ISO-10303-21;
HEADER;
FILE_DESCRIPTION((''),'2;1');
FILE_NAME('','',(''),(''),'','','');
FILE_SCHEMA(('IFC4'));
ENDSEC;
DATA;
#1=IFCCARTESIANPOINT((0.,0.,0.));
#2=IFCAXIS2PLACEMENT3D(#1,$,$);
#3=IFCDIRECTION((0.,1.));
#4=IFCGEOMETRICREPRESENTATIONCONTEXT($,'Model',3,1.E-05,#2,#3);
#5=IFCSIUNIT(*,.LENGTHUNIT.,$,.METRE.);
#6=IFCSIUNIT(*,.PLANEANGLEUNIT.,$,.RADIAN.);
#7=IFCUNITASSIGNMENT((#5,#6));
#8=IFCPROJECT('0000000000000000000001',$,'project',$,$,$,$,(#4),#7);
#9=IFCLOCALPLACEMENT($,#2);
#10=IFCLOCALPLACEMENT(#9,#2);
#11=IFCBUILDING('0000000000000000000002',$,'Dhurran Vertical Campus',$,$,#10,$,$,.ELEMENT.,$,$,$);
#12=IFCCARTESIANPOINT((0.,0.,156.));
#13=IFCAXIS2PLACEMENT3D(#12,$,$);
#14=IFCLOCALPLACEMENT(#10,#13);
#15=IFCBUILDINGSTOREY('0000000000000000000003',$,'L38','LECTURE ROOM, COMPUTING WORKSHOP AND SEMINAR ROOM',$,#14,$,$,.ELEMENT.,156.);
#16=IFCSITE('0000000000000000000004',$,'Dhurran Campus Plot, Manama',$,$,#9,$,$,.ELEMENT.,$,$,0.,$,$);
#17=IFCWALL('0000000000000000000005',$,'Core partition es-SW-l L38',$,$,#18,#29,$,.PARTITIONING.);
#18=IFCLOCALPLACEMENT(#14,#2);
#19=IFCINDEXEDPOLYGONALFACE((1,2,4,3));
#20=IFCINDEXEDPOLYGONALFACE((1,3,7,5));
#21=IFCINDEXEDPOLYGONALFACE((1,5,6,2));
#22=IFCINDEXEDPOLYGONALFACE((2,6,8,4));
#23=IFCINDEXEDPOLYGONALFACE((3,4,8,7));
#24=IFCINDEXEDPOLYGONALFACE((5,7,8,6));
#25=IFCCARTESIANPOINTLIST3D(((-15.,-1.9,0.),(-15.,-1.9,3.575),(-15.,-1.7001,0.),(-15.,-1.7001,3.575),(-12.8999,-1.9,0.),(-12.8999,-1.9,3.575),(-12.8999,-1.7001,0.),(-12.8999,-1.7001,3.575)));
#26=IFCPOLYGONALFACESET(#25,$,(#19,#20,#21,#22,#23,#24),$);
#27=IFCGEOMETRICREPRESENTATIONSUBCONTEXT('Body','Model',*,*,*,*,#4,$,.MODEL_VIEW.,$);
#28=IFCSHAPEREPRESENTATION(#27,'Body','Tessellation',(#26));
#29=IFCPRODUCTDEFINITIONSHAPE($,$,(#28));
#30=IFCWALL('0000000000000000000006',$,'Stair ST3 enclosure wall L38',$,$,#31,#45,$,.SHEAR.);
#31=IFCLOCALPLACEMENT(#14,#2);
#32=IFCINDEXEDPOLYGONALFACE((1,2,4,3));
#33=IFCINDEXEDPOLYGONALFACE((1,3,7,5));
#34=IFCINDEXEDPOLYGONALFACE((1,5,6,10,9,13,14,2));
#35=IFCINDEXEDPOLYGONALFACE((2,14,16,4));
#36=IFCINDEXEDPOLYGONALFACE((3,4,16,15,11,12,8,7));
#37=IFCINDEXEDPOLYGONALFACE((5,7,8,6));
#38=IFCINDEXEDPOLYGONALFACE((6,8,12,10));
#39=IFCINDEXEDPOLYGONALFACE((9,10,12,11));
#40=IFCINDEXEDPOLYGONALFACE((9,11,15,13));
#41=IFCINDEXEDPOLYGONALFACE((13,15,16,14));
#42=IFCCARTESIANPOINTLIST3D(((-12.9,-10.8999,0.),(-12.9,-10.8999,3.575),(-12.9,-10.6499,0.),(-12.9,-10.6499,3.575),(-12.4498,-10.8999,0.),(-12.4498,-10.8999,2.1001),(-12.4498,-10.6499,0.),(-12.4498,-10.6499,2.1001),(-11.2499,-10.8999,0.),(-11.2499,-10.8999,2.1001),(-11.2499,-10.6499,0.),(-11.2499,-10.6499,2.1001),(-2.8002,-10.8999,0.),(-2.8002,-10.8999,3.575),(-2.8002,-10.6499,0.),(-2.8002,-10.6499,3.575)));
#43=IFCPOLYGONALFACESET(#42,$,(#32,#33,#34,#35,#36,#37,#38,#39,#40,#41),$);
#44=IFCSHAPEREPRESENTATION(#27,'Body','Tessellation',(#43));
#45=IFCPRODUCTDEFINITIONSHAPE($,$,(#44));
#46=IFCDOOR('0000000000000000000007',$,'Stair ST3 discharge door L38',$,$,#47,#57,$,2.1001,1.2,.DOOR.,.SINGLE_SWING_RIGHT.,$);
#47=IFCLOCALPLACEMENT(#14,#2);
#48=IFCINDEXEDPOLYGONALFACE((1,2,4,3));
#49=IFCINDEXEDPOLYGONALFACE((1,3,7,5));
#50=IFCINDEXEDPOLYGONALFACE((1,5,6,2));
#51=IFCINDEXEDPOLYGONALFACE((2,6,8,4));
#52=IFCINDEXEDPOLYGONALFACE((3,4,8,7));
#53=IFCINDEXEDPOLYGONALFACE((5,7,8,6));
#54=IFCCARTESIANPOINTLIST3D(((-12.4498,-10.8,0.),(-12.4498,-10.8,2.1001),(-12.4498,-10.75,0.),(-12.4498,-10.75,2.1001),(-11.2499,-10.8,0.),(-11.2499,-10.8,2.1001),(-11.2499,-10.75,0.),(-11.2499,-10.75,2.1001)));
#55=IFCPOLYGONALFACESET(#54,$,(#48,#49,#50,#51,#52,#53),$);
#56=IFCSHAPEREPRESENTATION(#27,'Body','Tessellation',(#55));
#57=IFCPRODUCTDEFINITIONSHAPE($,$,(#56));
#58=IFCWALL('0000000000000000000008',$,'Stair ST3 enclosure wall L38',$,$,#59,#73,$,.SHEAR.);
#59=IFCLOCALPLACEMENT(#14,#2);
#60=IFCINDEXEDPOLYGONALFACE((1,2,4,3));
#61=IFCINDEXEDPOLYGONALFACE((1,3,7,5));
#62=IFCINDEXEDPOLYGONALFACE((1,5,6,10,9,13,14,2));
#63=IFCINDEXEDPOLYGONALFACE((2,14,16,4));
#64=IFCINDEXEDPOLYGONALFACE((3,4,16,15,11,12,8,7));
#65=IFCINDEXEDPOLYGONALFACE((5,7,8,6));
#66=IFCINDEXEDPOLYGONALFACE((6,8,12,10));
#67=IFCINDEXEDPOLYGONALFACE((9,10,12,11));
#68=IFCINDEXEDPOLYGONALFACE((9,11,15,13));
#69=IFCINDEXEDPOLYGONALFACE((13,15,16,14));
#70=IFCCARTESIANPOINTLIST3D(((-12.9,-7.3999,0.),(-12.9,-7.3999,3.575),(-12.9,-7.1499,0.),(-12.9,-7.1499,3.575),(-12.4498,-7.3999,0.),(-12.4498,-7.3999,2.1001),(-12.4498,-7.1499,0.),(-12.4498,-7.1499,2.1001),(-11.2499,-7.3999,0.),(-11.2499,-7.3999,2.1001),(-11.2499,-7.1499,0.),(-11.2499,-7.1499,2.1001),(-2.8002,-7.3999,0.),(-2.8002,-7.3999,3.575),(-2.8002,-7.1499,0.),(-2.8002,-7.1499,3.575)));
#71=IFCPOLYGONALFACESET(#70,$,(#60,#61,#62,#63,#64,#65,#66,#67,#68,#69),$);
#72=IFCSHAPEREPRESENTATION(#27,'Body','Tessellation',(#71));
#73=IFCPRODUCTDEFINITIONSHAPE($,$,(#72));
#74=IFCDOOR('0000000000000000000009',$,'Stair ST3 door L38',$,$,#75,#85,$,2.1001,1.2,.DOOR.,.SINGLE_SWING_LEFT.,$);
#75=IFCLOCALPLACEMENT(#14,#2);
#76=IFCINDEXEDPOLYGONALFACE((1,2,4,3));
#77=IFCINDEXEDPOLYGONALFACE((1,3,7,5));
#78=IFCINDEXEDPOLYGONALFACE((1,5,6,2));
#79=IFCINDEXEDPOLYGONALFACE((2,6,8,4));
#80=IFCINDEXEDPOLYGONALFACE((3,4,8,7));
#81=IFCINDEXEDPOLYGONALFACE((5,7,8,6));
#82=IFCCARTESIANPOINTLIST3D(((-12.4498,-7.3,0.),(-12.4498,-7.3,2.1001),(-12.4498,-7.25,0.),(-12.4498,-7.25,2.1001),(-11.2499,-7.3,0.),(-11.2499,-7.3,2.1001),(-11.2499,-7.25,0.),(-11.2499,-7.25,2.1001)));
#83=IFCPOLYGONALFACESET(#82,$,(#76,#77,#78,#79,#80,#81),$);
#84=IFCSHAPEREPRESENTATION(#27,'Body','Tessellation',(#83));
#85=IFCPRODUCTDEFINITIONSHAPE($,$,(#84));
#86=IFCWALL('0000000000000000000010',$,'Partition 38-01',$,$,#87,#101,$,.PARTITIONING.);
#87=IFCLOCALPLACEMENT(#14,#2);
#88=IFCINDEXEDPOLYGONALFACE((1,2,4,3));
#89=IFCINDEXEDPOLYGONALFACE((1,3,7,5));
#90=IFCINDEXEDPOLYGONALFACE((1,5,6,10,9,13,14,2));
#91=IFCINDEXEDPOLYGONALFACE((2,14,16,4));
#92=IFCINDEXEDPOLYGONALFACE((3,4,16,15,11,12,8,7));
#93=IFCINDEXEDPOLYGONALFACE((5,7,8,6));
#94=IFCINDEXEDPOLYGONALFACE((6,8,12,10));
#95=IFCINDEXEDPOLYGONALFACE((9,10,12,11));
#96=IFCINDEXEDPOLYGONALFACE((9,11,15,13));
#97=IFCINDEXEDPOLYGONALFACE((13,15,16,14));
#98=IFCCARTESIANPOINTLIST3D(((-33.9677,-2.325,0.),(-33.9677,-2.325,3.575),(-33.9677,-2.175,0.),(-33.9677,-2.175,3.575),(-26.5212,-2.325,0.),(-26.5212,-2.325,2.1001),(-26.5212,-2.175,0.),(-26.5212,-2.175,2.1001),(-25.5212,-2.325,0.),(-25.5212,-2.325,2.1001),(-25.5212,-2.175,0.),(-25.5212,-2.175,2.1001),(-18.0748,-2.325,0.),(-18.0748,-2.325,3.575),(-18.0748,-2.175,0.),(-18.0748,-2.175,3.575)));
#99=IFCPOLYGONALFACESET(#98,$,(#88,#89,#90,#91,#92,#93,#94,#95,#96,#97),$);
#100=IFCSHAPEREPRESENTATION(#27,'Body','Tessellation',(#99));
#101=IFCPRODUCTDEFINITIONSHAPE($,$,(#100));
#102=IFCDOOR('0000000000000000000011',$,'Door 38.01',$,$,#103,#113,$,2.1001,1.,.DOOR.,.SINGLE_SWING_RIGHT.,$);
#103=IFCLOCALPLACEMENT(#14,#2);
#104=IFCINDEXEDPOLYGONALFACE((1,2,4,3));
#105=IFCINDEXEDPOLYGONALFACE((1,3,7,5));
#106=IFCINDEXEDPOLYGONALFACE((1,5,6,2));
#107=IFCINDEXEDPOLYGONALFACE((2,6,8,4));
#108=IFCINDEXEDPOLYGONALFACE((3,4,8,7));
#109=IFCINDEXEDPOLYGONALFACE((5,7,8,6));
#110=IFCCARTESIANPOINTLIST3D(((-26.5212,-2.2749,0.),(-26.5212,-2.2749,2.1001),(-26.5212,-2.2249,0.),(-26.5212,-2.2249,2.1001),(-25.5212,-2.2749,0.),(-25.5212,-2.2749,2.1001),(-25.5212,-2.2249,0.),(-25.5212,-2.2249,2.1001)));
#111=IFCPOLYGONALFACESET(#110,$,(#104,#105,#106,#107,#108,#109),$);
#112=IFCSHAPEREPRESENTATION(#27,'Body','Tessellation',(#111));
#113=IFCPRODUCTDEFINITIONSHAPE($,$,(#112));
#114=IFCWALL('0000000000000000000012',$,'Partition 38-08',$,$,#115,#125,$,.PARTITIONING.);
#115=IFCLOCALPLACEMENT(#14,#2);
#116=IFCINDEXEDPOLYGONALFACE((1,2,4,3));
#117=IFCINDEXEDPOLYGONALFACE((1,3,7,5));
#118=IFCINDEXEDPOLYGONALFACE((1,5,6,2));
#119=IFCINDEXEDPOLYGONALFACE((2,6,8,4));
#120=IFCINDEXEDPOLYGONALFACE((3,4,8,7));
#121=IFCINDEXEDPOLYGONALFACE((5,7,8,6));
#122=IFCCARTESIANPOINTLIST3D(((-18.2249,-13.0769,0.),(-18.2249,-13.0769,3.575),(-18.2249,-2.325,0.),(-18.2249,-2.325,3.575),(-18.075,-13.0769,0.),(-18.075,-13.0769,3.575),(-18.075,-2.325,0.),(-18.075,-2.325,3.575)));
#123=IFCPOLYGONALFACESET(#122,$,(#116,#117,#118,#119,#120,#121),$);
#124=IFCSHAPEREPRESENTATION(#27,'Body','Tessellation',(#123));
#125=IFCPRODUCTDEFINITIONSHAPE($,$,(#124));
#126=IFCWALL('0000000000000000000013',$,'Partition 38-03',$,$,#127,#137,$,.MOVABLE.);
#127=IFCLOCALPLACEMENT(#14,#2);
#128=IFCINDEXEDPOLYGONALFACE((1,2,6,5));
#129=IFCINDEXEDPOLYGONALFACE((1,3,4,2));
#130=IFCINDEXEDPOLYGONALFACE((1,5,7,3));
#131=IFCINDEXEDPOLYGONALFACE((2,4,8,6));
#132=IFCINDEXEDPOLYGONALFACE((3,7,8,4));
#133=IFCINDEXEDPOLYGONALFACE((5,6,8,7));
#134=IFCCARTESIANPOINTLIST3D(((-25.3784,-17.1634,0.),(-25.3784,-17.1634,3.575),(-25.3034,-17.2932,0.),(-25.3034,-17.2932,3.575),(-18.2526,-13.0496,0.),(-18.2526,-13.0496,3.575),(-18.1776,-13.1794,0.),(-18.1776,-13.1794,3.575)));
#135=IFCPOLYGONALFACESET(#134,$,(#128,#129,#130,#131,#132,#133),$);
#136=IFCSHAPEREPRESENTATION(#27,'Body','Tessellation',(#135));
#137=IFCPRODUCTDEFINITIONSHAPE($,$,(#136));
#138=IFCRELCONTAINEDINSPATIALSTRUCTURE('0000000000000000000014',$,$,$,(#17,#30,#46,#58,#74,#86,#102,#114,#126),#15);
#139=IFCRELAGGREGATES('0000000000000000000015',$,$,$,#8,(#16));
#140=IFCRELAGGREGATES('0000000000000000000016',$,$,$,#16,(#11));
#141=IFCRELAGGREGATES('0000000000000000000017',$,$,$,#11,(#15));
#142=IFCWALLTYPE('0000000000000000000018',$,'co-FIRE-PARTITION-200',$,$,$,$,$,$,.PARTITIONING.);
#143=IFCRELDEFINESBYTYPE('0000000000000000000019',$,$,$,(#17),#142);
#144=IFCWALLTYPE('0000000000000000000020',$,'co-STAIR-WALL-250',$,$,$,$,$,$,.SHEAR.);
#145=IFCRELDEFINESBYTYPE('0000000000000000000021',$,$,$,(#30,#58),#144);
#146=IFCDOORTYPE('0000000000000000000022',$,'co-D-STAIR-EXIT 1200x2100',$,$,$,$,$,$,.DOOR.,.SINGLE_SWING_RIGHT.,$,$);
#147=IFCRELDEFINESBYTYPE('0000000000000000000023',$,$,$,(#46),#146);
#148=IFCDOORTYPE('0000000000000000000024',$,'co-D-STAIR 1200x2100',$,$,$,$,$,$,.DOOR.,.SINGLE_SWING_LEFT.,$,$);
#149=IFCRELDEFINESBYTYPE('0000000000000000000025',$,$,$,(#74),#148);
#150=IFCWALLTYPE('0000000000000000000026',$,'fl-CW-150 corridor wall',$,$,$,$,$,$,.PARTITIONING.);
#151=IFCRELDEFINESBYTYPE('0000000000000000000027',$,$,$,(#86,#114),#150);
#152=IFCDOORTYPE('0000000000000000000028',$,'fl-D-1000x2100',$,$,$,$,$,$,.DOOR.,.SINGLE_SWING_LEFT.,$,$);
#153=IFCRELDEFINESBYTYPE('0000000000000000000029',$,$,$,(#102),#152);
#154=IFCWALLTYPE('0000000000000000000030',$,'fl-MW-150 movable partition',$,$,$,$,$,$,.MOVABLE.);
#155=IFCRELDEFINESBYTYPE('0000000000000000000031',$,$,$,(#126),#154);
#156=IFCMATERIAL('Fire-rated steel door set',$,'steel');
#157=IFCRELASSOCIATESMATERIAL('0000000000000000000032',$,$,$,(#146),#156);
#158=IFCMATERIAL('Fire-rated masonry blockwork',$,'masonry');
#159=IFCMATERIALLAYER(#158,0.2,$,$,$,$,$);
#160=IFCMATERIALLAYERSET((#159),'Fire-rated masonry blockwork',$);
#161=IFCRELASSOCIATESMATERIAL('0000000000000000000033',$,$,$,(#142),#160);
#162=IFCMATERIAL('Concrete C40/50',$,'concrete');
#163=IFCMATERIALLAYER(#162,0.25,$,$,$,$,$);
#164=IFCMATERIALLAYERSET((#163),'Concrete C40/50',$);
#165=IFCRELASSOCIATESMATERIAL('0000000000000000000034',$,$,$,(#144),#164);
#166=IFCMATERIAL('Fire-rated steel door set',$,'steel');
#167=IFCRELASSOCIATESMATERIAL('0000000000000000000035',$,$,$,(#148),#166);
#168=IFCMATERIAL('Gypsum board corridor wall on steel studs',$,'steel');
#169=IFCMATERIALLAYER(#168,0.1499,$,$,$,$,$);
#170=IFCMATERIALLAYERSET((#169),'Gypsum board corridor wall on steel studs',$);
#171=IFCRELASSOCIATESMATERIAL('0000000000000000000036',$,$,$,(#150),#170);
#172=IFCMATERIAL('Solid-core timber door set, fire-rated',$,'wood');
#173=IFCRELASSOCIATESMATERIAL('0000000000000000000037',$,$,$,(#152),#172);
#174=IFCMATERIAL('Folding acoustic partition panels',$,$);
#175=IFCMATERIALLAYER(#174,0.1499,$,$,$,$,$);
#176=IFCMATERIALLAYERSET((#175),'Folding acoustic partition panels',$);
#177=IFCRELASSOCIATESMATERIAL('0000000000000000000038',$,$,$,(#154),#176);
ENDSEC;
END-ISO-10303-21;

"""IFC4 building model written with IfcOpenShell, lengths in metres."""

from ifc_helpers import new_model, si_unit, direction, frame, frame_2d, origin, place, context, subcontext, project, spatial, rectangle, extrude, material, layer, layer_set, type_object, element, fill, save


model = new_model("IFC4")

# Units and contexts
model_context = context("Model", 3, precision=1e-05, world=origin(), true_north=direction((0.0, 1.0)))
body_context = subcontext(model_context, "Body", "Model", "MODEL_VIEW")
ifc_project = project(units=[si_unit("LENGTHUNIT", "METRE"), si_unit("PLANEANGLEUNIT", "RADIAN")], contexts=[model_context])

# Site, building, storey
site_placement = place(None, origin())
site = spatial("IfcSite", under=ifc_project, at=site_placement, Name="Dhurran Campus Plot, Manama", CompositionType="ELEMENT", RefElevation=0.0)
building_placement = place(site_placement, origin())
building = spatial("IfcBuilding", under=site, at=building_placement, Name="Dhurran Vertical Campus", CompositionType="ELEMENT")
storey_placement = place(building_placement, frame((0.0, 0.0, 156.0)))
storey = spatial("IfcBuildingStorey", under=building, at=storey_placement, Name="L38", Description="LECTURE ROOM, COMPUTING WORKSHOP AND SEMINAR ROOM", CompositionType="ELEMENT", Elevation=156.0)

# Shared definitions
ifc_material_1 = material(Name="Fire-rated steel door set", Category="steel")
door_type_1 = type_object("IfcDoorType", Name="co-D-STAIR-EXIT 1200x2100", OperationType="SINGLE_SWING_RIGHT", PredefinedType="DOOR", material=ifc_material_1)

# Shared definitions
ifc_material_2 = material(Name="Fire-rated masonry blockwork", Category="masonry")
ifc_layer_1 = layer(ifc_material_2, 0.2)
ifc_layer_set_1 = layer_set([ifc_layer_1], Name="Fire-rated masonry blockwork")
wall_type_1 = type_object("IfcWallType", Name="co-FIRE-PARTITION-200", PredefinedType="PARTITIONING", material=ifc_layer_set_1)

# Wall
wall_1_placement = place(storey_placement, frame((-15.0, -1.8, 0.0), z_axis=(0.0, 0.0, 1.0), x_axis=(1.0, 0.0, 0.0)))
element("IfcWall", 1, at=wall_1_placement, inside=storey, type_object=wall_type_1, Name="Core partition es-SW-l L38", PredefinedType="PARTITIONING", context=body_context, shape_type="SweptSolid", body=[
    extrude(rectangle(XDim=2.1001, YDim=0.2, at=frame_2d((1.05, 0.0))), origin(), (0.0, 0.0, 1.0), 3.575),
])

# Walls, openings, doors
ifc_material_3 = material(Name="Concrete C40/50", Category="concrete")
ifc_layer_2 = layer(ifc_material_3, 0.25)
ifc_layer_set_2 = layer_set([ifc_layer_2], Name="Concrete C40/50")
wall_type_2 = type_object("IfcWallType", Name="co-STAIR-WALL-250", PredefinedType="SHEAR", material=ifc_layer_set_2)
wall_2_placement = place(storey_placement, frame((-12.8999, -10.7749, 0.0), z_axis=(0.0, 0.0, 1.0), x_axis=(1.0, 0.0, 0.0)))
wall_2 = element("IfcWall", 2, at=wall_2_placement, inside=storey, type_object=wall_type_2, Name="Stair ST3 enclosure wall L38", PredefinedType="SHEAR", context=body_context, shape_type="SweptSolid", body=[
    extrude(rectangle(XDim=10.0999, YDim=0.25, at=frame_2d((5.0498, 0.0))), origin(), (0.0, 0.0, 1.0), 3.575),
])
opening_1_placement = place(wall_2_placement, frame((0.45, 0.0, 0.0)))
opening_1 = element("IfcOpeningElement", 3, at=opening_1_placement, cuts=wall_2, PredefinedType="OPENING", context=body_context, shape_type="SweptSolid", body=[
    extrude(rectangle(XDim=1.2, YDim=2.1001, at=frame_2d((0.6001, 1.05))), frame((0.0, 0.135, 0.0), z_axis=(0.0, -1.0, 0.0), x_axis=(1.0, 0.0, 0.0)), (0.0, 0.0, 1.0), 0.27),
])
door_1_placement = place(opening_1_placement, origin())
door_1 = element("IfcDoor", 4, at=door_1_placement, inside=storey, type_object=door_type_1, Name="Stair ST3 discharge door L38", OperationType="SINGLE_SWING_RIGHT", OverallHeight=2.1001, OverallWidth=1.2, PredefinedType="DOOR", context=body_context, shape_type="SweptSolid", body=[
    extrude(rectangle(XDim=1.2, YDim=2.1001, at=frame_2d((0.6001, 1.05))), frame((0.0, 0.0249, 0.0), z_axis=(0.0, -1.0, 0.0), x_axis=(1.0, 0.0, 0.0)), (0.0, 0.0, 1.0), 0.05),
])
fill(opening_1, door_1)
wall_3_placement = place(storey_placement, frame((-12.8999, -7.2749, 0.0), z_axis=(0.0, 0.0, 1.0), x_axis=(1.0, 0.0, 0.0)))
wall_3 = element("IfcWall", 5, at=wall_3_placement, inside=storey, type_object=wall_type_2, Name="Stair ST3 enclosure wall L38", PredefinedType="SHEAR", context=body_context, shape_type="SweptSolid", body=[
    extrude(rectangle(XDim=10.0999, YDim=0.25, at=frame_2d((5.0498, 0.0))), origin(), (0.0, 0.0, 1.0), 3.575),
])
opening_2_placement = place(wall_3_placement, frame((0.45, 0.0, 0.0)))
opening_2 = element("IfcOpeningElement", 6, at=opening_2_placement, cuts=wall_3, PredefinedType="OPENING", context=body_context, shape_type="SweptSolid", body=[
    extrude(rectangle(XDim=1.2, YDim=2.1001, at=frame_2d((0.6001, 1.05))), frame((0.0, 0.135, 0.0), z_axis=(0.0, -1.0, 0.0), x_axis=(1.0, 0.0, 0.0)), (0.0, 0.0, 1.0), 0.27),
])
ifc_material_4 = material(Name="Fire-rated steel door set", Category="steel")
door_type_2 = type_object("IfcDoorType", Name="co-D-STAIR 1200x2100", OperationType="SINGLE_SWING_LEFT", PredefinedType="DOOR", material=ifc_material_4)
door_2_placement = place(opening_2_placement, origin())
door_2 = element("IfcDoor", 7, at=door_2_placement, inside=storey, type_object=door_type_2, Name="Stair ST3 door L38", OperationType="SINGLE_SWING_LEFT", OverallHeight=2.1001, OverallWidth=1.2, PredefinedType="DOOR", context=body_context, shape_type="SweptSolid", body=[
    extrude(rectangle(XDim=1.2, YDim=2.1001, at=frame_2d((0.6001, 1.05))), frame((0.0, 0.0249, 0.0), z_axis=(0.0, -1.0, 0.0), x_axis=(1.0, 0.0, 0.0)), (0.0, 0.0, 1.0), 0.05),
])
fill(opening_2, door_2)
ifc_material_5 = material(Name="Gypsum board corridor wall on steel studs", Category="steel")
ifc_layer_3 = layer(ifc_material_5, 0.1499)
ifc_layer_set_3 = layer_set([ifc_layer_3], Name="Gypsum board corridor wall on steel studs")
wall_type_3 = type_object("IfcWallType", Name="fl-CW-150 corridor wall", PredefinedType="PARTITIONING", material=ifc_layer_set_3)
wall_4_placement = place(storey_placement, frame((-18.075, -2.25, 0.0), z_axis=(0.0, 0.0, 1.0), x_axis=(-1.0, 0.0, 0.0)))
wall_4 = element("IfcWall", 8, at=wall_4_placement, inside=storey, type_object=wall_type_3, Name="Partition 38-01", PredefinedType="PARTITIONING", context=body_context, shape_type="SweptSolid", body=[
    extrude(rectangle(XDim=15.8928, YDim=0.1499, at=frame_2d((7.9463, 0.0))), origin(), (0.0, 0.0, 1.0), 3.575),
])
opening_3_placement = place(wall_4_placement, frame((7.4463, 0.0, 0.0)))
opening_3 = element("IfcOpeningElement", 9, at=opening_3_placement, cuts=wall_4, PredefinedType="OPENING", context=body_context, shape_type="SweptSolid", body=[
    extrude(rectangle(XDim=1.0, YDim=2.1001, at=frame_2d((0.5, 1.05))), frame((0.0, 0.085, 0.0), z_axis=(0.0, -1.0, 0.0), x_axis=(1.0, 0.0, 0.0)), (0.0, 0.0, 1.0), 0.1699),
])
ifc_material_6 = material(Name="Solid-core timber door set, fire-rated", Category="wood")
door_type_3 = type_object("IfcDoorType", Name="fl-D-1000x2100", OperationType="SINGLE_SWING_LEFT", PredefinedType="DOOR", material=ifc_material_6)
door_3_placement = place(opening_3_placement, origin())
door_3 = element("IfcDoor", 10, at=door_3_placement, inside=storey, type_object=door_type_3, Name="Door 38.01", OperationType="SINGLE_SWING_RIGHT", OverallHeight=2.1001, OverallWidth=1.0, PredefinedType="DOOR", context=body_context, shape_type="SweptSolid", body=[
    extrude(rectangle(XDim=1.0, YDim=2.1001, at=frame_2d((0.5, 1.05))), frame((0.0, 0.0249, 0.0), z_axis=(0.0, -1.0, 0.0), x_axis=(1.0, 0.0, 0.0)), (0.0, 0.0, 1.0), 0.05),
])
fill(opening_3, door_3)

# Walls
wall_5_placement = place(storey_placement, frame((-18.1499, -2.325, 0.0), z_axis=(0.0, 0.0, 1.0), x_axis=(0.0, -1.0, 0.0)))
element("IfcWall", 11, at=wall_5_placement, inside=storey, type_object=wall_type_3, Name="Partition 38-08", PredefinedType="PARTITIONING", context=body_context, shape_type="SweptSolid", body=[
    extrude(rectangle(XDim=10.752, YDim=0.1499, at=frame_2d((5.376, 0.0))), origin(), (0.0, 0.0, 1.0), 3.575),
])
ifc_material_7 = material(Name="Folding acoustic partition panels")
ifc_layer_4 = layer(ifc_material_7, 0.1499)
ifc_layer_set_4 = layer_set([ifc_layer_4], Name="Folding acoustic partition panels")
wall_type_4 = type_object("IfcWallType", Name="fl-MW-150 movable partition", PredefinedType="MOVABLE", material=ifc_layer_set_4)
wall_6_placement = place(storey_placement, frame((-18.2151, -13.1145, 0.0), z_axis=(0.0, 0.0, 1.0), x_axis=(-0.86604, -0.499975, 0.0)))
element("IfcWall", 12, at=wall_6_placement, inside=storey, type_object=wall_type_4, Name="Partition 38-03", PredefinedType="MOVABLE", context=body_context, shape_type="SweptSolid", body=[
    extrude(rectangle(XDim=8.228, YDim=0.1499, at=frame_2d((4.114, 0.0))), origin(), (0.0, 0.0, 1.0), 3.575),
])

save(model, "model.ifc")
